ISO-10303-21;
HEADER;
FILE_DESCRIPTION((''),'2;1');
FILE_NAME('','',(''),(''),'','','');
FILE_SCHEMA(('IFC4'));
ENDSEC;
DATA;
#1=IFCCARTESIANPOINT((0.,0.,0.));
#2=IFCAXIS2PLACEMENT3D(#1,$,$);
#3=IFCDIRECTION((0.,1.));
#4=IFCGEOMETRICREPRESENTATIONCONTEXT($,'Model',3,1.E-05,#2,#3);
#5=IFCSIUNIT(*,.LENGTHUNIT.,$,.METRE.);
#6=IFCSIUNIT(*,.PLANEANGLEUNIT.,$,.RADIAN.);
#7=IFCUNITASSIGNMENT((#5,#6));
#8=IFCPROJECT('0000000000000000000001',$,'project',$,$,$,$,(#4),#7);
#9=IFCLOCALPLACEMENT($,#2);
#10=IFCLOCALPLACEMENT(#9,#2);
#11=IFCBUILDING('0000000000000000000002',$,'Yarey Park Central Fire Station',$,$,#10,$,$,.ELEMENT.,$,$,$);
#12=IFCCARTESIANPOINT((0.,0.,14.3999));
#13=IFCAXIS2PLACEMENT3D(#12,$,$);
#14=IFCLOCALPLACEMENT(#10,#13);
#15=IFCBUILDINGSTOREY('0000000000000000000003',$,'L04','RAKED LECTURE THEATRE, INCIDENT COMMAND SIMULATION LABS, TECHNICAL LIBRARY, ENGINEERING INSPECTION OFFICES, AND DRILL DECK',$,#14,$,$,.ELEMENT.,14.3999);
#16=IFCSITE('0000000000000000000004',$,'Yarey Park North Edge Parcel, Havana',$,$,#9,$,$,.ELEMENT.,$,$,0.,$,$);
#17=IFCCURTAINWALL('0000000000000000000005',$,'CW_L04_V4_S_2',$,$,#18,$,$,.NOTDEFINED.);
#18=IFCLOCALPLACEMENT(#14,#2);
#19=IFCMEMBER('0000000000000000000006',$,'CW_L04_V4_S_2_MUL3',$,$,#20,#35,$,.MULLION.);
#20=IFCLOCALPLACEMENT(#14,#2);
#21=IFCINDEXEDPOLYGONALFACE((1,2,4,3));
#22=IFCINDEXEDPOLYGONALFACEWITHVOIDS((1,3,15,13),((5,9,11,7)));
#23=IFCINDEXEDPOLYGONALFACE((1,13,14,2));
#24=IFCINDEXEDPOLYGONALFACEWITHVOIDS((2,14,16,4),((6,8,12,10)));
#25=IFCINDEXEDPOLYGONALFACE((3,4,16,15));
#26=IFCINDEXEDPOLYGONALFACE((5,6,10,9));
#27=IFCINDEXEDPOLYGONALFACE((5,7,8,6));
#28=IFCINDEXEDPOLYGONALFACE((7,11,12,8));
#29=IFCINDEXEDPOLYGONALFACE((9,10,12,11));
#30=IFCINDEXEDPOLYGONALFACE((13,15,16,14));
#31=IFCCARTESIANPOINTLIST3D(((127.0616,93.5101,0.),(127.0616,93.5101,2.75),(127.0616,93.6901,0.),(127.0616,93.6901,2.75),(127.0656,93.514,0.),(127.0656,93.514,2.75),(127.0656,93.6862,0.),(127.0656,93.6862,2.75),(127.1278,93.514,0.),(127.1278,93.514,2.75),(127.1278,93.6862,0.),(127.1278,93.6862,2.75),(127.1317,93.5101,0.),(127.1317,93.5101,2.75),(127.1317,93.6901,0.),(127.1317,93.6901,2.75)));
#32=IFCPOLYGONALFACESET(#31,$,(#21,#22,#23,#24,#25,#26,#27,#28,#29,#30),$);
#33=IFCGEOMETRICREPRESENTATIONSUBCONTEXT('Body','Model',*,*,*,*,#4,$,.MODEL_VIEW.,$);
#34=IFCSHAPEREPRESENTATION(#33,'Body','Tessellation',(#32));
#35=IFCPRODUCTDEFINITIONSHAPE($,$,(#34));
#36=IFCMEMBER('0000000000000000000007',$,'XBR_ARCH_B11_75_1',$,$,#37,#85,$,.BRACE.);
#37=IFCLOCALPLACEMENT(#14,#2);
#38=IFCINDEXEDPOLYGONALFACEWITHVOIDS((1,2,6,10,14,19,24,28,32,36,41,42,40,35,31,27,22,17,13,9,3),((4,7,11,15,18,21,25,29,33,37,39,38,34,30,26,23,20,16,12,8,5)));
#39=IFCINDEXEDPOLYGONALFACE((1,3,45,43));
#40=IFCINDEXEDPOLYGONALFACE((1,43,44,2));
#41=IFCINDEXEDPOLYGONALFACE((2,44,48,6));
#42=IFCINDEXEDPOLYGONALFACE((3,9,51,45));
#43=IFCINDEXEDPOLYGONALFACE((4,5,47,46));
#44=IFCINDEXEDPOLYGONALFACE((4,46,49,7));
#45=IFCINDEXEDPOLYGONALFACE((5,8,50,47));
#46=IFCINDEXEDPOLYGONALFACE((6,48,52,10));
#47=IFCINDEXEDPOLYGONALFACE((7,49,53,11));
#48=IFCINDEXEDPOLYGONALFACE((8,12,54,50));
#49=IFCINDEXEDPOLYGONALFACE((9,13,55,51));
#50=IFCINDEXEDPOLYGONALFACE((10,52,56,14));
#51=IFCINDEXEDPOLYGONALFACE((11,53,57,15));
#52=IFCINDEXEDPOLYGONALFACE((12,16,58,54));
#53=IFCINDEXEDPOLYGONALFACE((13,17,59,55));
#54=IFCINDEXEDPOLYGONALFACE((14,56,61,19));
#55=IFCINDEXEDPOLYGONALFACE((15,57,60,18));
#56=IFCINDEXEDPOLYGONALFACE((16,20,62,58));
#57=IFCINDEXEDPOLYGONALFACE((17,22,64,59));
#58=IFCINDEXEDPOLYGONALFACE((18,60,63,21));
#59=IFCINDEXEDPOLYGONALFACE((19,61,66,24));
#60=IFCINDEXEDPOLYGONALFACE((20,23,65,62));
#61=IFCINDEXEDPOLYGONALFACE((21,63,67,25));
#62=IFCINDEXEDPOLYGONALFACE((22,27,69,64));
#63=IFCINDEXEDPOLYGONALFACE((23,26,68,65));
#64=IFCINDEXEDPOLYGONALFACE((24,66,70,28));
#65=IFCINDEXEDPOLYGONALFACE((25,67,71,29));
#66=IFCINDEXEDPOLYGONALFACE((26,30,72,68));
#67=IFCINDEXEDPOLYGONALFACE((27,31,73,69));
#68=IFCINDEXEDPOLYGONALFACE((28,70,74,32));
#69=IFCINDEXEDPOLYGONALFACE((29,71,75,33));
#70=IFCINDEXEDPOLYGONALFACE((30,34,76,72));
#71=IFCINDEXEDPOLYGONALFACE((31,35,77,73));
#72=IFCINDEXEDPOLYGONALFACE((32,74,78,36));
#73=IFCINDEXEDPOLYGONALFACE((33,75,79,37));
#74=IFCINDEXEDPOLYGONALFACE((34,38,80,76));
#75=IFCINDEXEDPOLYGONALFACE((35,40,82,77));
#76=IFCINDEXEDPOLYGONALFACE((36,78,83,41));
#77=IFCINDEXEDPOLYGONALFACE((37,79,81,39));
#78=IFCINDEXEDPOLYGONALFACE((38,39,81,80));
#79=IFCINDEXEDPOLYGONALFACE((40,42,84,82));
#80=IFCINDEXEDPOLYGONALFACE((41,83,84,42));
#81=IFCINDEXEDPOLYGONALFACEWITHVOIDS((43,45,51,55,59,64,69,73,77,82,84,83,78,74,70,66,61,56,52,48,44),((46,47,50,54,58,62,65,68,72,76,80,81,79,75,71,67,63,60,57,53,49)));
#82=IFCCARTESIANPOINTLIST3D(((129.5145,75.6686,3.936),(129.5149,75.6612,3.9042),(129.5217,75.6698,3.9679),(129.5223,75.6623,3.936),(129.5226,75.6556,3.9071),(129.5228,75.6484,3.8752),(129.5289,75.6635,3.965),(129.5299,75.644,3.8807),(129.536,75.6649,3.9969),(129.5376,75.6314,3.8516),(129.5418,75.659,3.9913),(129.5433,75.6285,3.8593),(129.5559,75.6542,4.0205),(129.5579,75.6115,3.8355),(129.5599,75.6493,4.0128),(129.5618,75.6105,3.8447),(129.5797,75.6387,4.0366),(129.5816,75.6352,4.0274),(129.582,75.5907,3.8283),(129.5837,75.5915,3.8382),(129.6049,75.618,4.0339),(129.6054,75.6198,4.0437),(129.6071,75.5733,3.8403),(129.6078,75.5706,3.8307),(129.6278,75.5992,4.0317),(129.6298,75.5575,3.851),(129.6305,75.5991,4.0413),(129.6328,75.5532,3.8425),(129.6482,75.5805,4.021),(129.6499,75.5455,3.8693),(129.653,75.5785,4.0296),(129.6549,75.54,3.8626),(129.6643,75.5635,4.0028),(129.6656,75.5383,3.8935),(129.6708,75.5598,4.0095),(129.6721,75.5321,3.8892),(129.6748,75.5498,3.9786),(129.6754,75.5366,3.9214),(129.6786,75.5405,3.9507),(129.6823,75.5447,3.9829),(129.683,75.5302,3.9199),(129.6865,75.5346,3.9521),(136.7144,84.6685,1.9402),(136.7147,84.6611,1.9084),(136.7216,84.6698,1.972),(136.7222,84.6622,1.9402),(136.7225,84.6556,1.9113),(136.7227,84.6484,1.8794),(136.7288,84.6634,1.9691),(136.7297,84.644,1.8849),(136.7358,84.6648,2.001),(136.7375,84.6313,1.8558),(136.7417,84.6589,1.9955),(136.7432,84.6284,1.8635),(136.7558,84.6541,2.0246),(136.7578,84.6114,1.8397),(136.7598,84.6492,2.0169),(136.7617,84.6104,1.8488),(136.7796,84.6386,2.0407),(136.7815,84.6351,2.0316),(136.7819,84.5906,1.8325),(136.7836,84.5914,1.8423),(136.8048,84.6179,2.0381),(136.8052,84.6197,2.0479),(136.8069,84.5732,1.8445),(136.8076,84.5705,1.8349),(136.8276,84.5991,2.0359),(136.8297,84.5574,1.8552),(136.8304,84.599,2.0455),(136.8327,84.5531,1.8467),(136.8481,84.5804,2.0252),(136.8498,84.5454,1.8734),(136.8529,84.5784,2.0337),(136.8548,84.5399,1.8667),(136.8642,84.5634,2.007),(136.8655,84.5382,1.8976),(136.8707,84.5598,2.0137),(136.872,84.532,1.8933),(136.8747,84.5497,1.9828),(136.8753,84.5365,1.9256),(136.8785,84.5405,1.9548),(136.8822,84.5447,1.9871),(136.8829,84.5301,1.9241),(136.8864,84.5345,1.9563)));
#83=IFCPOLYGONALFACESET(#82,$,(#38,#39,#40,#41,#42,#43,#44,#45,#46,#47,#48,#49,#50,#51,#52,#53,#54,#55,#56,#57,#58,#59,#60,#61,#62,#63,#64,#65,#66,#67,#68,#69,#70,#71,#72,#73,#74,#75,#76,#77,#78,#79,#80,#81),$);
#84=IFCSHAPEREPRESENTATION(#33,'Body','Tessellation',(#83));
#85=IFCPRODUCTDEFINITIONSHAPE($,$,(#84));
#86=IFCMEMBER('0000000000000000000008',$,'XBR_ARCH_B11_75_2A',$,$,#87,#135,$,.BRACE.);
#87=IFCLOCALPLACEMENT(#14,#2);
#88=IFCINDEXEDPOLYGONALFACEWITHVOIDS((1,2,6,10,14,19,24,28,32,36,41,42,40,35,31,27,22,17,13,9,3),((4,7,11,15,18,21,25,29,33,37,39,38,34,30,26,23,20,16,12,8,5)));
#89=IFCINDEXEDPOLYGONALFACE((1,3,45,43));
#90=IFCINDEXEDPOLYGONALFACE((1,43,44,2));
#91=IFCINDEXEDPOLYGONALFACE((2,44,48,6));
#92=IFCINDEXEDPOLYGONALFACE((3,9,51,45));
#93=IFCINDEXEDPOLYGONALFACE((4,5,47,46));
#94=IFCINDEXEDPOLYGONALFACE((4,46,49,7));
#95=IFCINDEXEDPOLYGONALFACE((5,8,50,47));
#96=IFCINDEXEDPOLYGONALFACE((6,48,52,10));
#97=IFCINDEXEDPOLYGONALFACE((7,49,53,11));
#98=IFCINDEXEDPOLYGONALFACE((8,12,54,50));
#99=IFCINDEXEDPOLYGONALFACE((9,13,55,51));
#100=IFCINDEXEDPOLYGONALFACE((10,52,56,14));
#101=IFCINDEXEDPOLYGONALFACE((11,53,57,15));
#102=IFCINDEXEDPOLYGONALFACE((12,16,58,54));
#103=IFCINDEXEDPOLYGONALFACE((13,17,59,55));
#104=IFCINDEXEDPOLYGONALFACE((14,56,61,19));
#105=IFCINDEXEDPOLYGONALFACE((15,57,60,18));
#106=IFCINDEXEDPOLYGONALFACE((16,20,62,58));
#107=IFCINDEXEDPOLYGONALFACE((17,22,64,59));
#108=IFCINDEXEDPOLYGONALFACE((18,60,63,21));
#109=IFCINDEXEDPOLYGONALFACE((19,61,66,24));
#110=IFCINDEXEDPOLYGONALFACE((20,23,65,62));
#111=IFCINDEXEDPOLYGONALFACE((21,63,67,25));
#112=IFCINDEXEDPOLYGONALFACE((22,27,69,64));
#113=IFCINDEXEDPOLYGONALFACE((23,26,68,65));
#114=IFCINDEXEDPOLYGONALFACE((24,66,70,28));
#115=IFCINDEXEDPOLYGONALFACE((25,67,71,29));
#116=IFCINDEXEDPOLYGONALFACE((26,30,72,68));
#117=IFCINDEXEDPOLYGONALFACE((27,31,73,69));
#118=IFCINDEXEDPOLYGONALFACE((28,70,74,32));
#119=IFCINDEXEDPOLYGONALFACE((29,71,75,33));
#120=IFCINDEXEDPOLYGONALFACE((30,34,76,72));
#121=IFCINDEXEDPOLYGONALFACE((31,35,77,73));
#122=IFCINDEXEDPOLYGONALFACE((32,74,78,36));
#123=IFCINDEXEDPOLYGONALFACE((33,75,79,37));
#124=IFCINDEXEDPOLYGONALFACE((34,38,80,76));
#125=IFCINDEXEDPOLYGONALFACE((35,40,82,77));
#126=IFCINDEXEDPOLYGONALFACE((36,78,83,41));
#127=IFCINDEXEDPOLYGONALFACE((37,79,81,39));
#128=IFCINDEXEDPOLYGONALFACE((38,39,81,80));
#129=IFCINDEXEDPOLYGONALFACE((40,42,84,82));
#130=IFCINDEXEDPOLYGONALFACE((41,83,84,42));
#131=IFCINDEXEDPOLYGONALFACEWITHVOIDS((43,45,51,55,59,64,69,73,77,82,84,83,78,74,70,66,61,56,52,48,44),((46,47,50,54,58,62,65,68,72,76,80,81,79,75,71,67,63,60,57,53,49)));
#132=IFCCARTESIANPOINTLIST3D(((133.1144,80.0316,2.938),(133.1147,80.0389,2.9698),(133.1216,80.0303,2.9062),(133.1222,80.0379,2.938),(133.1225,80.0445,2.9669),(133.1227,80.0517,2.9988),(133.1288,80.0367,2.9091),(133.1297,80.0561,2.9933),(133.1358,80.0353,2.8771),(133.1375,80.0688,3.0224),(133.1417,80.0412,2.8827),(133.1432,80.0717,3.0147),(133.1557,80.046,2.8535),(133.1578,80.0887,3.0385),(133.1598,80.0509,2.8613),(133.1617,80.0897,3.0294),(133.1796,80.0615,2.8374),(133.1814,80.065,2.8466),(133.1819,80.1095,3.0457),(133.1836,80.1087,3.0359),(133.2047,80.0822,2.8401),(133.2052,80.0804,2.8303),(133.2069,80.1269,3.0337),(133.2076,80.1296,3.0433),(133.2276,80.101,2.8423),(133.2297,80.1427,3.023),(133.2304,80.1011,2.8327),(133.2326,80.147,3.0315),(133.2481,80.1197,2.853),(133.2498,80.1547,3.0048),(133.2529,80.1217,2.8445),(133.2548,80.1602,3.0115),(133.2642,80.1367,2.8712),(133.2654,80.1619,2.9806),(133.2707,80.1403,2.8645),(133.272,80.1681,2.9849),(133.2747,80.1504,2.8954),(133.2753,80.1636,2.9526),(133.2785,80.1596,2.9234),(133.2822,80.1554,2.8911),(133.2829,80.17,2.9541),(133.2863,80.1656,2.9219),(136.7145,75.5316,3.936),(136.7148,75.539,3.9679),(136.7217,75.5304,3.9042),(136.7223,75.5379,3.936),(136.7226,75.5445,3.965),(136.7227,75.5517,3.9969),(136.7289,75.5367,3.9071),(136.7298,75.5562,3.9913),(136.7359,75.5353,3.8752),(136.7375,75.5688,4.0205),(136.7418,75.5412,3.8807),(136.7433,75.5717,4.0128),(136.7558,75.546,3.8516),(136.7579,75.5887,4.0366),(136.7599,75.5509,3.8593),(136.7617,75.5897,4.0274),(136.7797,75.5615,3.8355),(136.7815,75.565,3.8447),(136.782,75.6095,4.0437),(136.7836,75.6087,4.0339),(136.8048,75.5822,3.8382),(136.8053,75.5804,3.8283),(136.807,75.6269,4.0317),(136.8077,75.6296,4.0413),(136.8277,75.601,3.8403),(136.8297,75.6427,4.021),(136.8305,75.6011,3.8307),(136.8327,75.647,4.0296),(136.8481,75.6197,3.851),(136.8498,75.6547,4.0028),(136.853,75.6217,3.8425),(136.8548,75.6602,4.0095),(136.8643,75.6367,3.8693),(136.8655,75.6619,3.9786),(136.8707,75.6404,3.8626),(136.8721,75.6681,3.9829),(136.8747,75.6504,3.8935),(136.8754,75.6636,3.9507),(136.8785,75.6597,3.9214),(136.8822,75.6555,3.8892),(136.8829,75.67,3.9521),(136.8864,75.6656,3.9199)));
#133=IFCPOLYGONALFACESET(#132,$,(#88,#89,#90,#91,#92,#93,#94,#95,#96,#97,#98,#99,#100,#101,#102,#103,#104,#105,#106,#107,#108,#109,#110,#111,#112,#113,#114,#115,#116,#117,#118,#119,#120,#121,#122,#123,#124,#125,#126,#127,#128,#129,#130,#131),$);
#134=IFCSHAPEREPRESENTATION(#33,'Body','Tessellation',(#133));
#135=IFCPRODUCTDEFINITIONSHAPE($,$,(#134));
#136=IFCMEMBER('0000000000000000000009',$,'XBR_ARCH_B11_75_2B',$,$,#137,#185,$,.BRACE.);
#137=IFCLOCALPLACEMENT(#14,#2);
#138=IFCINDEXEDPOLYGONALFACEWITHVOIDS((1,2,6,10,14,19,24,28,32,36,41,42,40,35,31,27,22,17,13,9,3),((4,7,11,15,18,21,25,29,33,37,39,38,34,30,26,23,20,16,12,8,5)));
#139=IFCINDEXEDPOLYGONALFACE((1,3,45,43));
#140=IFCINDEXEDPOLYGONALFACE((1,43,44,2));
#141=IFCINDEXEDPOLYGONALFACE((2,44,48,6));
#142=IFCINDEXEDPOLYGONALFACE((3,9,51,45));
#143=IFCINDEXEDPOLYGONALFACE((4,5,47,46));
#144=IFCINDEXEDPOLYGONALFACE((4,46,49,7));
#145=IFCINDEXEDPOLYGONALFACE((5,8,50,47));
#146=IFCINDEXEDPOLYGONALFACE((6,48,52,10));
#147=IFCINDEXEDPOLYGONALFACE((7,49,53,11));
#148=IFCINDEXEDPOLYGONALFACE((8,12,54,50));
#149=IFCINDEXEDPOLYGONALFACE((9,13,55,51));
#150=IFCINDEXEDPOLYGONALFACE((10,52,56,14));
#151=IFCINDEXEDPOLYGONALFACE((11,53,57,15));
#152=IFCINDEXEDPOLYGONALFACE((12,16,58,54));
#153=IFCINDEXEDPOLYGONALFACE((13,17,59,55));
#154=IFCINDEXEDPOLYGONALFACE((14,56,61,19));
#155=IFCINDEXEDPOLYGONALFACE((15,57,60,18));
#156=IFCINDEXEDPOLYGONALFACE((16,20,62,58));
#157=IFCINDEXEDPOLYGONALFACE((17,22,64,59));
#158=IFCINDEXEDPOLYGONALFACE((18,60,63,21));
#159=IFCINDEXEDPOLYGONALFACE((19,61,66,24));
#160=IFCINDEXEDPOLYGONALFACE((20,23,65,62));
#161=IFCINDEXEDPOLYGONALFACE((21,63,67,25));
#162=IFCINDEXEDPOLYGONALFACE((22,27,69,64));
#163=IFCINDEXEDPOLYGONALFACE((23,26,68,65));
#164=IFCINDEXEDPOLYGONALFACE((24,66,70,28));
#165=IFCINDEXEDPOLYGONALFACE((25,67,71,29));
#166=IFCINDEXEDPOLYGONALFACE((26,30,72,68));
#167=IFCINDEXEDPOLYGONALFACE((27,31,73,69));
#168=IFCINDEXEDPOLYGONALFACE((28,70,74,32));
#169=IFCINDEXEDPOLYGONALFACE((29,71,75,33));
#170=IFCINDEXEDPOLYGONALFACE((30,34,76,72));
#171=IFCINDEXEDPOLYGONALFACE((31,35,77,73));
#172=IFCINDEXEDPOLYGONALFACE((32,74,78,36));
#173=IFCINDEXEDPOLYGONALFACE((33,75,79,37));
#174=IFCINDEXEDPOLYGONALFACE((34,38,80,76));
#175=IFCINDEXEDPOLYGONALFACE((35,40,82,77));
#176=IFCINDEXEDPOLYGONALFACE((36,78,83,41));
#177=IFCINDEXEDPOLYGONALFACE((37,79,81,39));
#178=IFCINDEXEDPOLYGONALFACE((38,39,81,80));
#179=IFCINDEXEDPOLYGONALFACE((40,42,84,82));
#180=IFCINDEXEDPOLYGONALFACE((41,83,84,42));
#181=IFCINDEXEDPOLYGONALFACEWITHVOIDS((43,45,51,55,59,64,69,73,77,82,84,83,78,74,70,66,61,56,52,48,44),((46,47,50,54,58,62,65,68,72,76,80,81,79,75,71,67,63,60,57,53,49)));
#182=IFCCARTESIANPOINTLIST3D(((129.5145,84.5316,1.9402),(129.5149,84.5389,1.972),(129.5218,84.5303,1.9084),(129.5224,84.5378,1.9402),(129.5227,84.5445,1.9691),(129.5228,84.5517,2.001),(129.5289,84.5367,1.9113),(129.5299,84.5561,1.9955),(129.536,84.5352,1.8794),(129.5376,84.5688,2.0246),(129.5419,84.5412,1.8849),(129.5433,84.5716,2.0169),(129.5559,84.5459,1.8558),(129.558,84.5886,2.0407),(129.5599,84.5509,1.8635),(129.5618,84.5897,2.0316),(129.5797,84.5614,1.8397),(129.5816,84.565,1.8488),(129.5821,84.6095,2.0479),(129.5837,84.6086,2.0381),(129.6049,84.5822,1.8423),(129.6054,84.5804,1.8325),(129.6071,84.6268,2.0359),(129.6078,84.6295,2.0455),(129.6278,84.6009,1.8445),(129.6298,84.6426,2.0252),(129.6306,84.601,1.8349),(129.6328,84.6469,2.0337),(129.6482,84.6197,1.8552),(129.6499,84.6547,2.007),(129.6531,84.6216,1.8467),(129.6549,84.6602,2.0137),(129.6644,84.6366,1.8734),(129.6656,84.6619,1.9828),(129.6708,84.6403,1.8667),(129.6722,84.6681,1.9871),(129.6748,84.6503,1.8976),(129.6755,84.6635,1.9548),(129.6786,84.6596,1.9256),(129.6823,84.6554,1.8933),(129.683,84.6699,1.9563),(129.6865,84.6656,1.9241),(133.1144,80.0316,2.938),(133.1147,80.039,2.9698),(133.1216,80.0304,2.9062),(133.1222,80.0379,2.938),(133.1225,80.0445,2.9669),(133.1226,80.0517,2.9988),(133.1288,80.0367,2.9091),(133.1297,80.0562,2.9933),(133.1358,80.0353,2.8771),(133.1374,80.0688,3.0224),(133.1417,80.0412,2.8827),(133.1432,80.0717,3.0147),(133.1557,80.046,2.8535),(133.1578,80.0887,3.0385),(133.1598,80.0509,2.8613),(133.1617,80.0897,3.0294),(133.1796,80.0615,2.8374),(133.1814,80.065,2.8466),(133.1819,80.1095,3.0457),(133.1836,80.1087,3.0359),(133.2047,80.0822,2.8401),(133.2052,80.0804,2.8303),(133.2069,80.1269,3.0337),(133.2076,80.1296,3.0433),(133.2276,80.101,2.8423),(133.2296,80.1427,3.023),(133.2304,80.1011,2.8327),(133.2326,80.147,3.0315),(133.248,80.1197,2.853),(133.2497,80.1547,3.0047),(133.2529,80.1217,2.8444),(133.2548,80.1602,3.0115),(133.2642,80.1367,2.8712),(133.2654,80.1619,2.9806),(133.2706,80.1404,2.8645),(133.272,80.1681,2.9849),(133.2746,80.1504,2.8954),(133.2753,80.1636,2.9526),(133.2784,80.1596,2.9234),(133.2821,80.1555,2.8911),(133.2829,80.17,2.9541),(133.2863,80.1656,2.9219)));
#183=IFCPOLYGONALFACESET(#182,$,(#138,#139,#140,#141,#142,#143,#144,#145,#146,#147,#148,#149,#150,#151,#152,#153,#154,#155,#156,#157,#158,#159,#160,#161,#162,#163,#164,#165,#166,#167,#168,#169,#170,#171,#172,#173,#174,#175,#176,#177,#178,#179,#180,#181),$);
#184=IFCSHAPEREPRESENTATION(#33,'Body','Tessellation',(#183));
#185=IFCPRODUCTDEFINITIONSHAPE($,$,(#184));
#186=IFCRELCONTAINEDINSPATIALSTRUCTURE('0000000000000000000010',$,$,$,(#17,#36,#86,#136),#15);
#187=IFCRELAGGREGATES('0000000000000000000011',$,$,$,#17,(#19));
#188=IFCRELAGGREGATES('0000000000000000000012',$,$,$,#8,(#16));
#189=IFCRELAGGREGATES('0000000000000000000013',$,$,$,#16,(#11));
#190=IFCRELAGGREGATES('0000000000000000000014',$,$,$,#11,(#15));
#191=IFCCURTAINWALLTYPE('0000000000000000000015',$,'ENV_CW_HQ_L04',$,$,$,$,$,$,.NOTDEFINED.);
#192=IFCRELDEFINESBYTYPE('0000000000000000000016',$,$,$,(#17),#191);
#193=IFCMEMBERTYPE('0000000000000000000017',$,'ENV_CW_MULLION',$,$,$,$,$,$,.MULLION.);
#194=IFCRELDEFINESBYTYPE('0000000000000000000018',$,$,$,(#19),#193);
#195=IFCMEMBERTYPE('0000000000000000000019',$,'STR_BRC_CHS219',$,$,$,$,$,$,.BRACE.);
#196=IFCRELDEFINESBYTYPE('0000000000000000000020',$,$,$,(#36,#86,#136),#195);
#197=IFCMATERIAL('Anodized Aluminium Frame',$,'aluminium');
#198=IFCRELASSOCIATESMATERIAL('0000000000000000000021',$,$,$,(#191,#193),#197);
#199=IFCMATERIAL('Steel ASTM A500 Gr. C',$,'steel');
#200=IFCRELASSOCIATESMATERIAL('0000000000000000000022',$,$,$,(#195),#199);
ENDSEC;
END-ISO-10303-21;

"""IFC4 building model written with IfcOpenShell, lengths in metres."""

from ifc_helpers import new_model, si_unit, direction, frame, origin, origin_2d, place, context, subcontext, project, spatial, hollow_rectangle, hollow_circle, extrude, material, material_profile, profile_set, type_object, element, aggregate, save


model = new_model("IFC4")

# Units and contexts
model_context = context("Model", 3, precision=1e-05, world=origin(), true_north=direction((0.0, 1.0)))
body_context = subcontext(model_context, "Body", "Model", "MODEL_VIEW")
ifc_project = project(units=[si_unit("LENGTHUNIT", "METRE"), si_unit("PLANEANGLEUNIT", "RADIAN")], contexts=[model_context])

# Site, building, storey
site_placement = place(None, origin())
site = spatial("IfcSite", under=ifc_project, at=site_placement, Name="Yarey Park North Edge Parcel, Havana", CompositionType="ELEMENT", RefElevation=0.0)
building_placement = place(site_placement, origin())
building = spatial("IfcBuilding", under=site, at=building_placement, Name="Yarey Park Central Fire Station", CompositionType="ELEMENT")
storey_placement = place(building_placement, frame((0.0, 0.0, 14.3999)))
storey = spatial("IfcBuildingStorey", under=building, at=storey_placement, Name="L04", Description="RAKED LECTURE THEATRE, INCIDENT COMMAND SIMULATION LABS, TECHNICAL LIBRARY, ENGINEERING INSPECTION OFFICES, AND DRILL DECK", CompositionType="ELEMENT", Elevation=14.3999)

# Curtain wall, member
ifc_material_1 = material(Name="Anodized Aluminium Frame", Category="aluminium")
curtain_wall_type = type_object("IfcCurtainWallType", Name="ENV_CW_HQ_L04", PredefinedType="NOTDEFINED", material=ifc_material_1)
curtain_wall_placement = place(storey_placement, origin())
curtain_wall = element("IfcCurtainWall", 1, at=curtain_wall_placement, inside=storey, type_object=curtain_wall_type, Name="CW_L04_V4_S_2", PredefinedType="NOTDEFINED")
ifc_material_profile_1 = material_profile(ifc_material_1, hollow_rectangle(XDim=0.0701, YDim=0.1799, WallThickness=0.0039, at=origin_2d()), Name="ALU 180x70x4")
ifc_profile_set_1 = profile_set([ifc_material_profile_1], Name="Anodized Aluminium Frame")
member_type_1 = type_object("IfcMemberType", Name="ENV_CW_MULLION", PredefinedType="MULLION", material=ifc_profile_set_1)
member_1_placement = place(storey_placement, frame((127.0967, 93.6001, 0.0), z_axis=(0.0, 0.0, 1.0), x_axis=(1.0, 0.0, 0.0)))
member_1 = element("IfcMember", 2, at=member_1_placement, type_object=member_type_1, Name="CW_L04_V4_S_2_MUL3", PredefinedType="MULLION", context=body_context, shape_type="SweptSolid", body=[
    extrude(hollow_rectangle(XDim=0.0701, YDim=0.1799, WallThickness=0.0039, at=origin_2d()), origin(), (0.0, 0.0, 1.0), 2.75),
])
aggregate(curtain_wall, [member_1])

# Members
ifc_material_2 = material(Name="Steel ASTM A500 Gr. C", Category="steel")
ifc_material_profile_2 = material_profile(ifc_material_2, hollow_circle(Radius=0.1096, WallThickness=0.01, at=origin_2d()), Name="CHS 219.1x10")
ifc_profile_set_2 = profile_set([ifc_material_profile_2], Name="Steel ASTM A500 Gr. C")
member_type_2 = type_object("IfcMemberType", Name="STR_BRC_CHS219", PredefinedType="BRACE", material=ifc_profile_set_2)
member_2_placement = place(storey_placement, frame((129.6001, 75.6001, 3.936), z_axis=(0.615532, 0.76942, -0.170627), x_axis=(-0.780871, 0.624692, 0.0)))
element("IfcMember", 3, at=member_2_placement, inside=storey, type_object=member_type_2, Name="XBR_ARCH_B11_75_1", PredefinedType="BRACE", context=body_context, shape_type="SweptSolid", body=[
    extrude(hollow_circle(Radius=0.1096, WallThickness=0.01, at=origin_2d()), origin(), (0.0, 0.0, 1.0), 11.697),
])
member_3_placement = place(storey_placement, frame((136.8, 75.6001, 3.936), z_axis=(-0.615543, 0.769407, -0.170645), x_axis=(-0.780861, -0.624705, 0.0)))
element("IfcMember", 4, at=member_3_placement, inside=storey, type_object=member_type_2, Name="XBR_ARCH_B11_75_2A", PredefinedType="BRACE", context=body_context, shape_type="SweptSolid", body=[
    extrude(hollow_circle(Radius=0.1096, WallThickness=0.01, at=origin_2d()), origin(), (0.0, 0.0, 1.0), 5.8486),
])
member_4_placement = place(storey_placement, frame((133.2, 80.1001, 2.938), z_axis=(-0.615521, 0.769433, -0.170609), x_axis=(-0.780881, -0.62468, 0.0)))
element("IfcMember", 5, at=member_4_placement, inside=storey, type_object=member_type_2, Name="XBR_ARCH_B11_75_2B", PredefinedType="BRACE", context=body_context, shape_type="SweptSolid", body=[
    extrude(hollow_circle(Radius=0.1096, WallThickness=0.01, at=origin_2d()), origin(), (0.0, 0.0, 1.0), 5.8484),
])

save(model, "model.ifc")
